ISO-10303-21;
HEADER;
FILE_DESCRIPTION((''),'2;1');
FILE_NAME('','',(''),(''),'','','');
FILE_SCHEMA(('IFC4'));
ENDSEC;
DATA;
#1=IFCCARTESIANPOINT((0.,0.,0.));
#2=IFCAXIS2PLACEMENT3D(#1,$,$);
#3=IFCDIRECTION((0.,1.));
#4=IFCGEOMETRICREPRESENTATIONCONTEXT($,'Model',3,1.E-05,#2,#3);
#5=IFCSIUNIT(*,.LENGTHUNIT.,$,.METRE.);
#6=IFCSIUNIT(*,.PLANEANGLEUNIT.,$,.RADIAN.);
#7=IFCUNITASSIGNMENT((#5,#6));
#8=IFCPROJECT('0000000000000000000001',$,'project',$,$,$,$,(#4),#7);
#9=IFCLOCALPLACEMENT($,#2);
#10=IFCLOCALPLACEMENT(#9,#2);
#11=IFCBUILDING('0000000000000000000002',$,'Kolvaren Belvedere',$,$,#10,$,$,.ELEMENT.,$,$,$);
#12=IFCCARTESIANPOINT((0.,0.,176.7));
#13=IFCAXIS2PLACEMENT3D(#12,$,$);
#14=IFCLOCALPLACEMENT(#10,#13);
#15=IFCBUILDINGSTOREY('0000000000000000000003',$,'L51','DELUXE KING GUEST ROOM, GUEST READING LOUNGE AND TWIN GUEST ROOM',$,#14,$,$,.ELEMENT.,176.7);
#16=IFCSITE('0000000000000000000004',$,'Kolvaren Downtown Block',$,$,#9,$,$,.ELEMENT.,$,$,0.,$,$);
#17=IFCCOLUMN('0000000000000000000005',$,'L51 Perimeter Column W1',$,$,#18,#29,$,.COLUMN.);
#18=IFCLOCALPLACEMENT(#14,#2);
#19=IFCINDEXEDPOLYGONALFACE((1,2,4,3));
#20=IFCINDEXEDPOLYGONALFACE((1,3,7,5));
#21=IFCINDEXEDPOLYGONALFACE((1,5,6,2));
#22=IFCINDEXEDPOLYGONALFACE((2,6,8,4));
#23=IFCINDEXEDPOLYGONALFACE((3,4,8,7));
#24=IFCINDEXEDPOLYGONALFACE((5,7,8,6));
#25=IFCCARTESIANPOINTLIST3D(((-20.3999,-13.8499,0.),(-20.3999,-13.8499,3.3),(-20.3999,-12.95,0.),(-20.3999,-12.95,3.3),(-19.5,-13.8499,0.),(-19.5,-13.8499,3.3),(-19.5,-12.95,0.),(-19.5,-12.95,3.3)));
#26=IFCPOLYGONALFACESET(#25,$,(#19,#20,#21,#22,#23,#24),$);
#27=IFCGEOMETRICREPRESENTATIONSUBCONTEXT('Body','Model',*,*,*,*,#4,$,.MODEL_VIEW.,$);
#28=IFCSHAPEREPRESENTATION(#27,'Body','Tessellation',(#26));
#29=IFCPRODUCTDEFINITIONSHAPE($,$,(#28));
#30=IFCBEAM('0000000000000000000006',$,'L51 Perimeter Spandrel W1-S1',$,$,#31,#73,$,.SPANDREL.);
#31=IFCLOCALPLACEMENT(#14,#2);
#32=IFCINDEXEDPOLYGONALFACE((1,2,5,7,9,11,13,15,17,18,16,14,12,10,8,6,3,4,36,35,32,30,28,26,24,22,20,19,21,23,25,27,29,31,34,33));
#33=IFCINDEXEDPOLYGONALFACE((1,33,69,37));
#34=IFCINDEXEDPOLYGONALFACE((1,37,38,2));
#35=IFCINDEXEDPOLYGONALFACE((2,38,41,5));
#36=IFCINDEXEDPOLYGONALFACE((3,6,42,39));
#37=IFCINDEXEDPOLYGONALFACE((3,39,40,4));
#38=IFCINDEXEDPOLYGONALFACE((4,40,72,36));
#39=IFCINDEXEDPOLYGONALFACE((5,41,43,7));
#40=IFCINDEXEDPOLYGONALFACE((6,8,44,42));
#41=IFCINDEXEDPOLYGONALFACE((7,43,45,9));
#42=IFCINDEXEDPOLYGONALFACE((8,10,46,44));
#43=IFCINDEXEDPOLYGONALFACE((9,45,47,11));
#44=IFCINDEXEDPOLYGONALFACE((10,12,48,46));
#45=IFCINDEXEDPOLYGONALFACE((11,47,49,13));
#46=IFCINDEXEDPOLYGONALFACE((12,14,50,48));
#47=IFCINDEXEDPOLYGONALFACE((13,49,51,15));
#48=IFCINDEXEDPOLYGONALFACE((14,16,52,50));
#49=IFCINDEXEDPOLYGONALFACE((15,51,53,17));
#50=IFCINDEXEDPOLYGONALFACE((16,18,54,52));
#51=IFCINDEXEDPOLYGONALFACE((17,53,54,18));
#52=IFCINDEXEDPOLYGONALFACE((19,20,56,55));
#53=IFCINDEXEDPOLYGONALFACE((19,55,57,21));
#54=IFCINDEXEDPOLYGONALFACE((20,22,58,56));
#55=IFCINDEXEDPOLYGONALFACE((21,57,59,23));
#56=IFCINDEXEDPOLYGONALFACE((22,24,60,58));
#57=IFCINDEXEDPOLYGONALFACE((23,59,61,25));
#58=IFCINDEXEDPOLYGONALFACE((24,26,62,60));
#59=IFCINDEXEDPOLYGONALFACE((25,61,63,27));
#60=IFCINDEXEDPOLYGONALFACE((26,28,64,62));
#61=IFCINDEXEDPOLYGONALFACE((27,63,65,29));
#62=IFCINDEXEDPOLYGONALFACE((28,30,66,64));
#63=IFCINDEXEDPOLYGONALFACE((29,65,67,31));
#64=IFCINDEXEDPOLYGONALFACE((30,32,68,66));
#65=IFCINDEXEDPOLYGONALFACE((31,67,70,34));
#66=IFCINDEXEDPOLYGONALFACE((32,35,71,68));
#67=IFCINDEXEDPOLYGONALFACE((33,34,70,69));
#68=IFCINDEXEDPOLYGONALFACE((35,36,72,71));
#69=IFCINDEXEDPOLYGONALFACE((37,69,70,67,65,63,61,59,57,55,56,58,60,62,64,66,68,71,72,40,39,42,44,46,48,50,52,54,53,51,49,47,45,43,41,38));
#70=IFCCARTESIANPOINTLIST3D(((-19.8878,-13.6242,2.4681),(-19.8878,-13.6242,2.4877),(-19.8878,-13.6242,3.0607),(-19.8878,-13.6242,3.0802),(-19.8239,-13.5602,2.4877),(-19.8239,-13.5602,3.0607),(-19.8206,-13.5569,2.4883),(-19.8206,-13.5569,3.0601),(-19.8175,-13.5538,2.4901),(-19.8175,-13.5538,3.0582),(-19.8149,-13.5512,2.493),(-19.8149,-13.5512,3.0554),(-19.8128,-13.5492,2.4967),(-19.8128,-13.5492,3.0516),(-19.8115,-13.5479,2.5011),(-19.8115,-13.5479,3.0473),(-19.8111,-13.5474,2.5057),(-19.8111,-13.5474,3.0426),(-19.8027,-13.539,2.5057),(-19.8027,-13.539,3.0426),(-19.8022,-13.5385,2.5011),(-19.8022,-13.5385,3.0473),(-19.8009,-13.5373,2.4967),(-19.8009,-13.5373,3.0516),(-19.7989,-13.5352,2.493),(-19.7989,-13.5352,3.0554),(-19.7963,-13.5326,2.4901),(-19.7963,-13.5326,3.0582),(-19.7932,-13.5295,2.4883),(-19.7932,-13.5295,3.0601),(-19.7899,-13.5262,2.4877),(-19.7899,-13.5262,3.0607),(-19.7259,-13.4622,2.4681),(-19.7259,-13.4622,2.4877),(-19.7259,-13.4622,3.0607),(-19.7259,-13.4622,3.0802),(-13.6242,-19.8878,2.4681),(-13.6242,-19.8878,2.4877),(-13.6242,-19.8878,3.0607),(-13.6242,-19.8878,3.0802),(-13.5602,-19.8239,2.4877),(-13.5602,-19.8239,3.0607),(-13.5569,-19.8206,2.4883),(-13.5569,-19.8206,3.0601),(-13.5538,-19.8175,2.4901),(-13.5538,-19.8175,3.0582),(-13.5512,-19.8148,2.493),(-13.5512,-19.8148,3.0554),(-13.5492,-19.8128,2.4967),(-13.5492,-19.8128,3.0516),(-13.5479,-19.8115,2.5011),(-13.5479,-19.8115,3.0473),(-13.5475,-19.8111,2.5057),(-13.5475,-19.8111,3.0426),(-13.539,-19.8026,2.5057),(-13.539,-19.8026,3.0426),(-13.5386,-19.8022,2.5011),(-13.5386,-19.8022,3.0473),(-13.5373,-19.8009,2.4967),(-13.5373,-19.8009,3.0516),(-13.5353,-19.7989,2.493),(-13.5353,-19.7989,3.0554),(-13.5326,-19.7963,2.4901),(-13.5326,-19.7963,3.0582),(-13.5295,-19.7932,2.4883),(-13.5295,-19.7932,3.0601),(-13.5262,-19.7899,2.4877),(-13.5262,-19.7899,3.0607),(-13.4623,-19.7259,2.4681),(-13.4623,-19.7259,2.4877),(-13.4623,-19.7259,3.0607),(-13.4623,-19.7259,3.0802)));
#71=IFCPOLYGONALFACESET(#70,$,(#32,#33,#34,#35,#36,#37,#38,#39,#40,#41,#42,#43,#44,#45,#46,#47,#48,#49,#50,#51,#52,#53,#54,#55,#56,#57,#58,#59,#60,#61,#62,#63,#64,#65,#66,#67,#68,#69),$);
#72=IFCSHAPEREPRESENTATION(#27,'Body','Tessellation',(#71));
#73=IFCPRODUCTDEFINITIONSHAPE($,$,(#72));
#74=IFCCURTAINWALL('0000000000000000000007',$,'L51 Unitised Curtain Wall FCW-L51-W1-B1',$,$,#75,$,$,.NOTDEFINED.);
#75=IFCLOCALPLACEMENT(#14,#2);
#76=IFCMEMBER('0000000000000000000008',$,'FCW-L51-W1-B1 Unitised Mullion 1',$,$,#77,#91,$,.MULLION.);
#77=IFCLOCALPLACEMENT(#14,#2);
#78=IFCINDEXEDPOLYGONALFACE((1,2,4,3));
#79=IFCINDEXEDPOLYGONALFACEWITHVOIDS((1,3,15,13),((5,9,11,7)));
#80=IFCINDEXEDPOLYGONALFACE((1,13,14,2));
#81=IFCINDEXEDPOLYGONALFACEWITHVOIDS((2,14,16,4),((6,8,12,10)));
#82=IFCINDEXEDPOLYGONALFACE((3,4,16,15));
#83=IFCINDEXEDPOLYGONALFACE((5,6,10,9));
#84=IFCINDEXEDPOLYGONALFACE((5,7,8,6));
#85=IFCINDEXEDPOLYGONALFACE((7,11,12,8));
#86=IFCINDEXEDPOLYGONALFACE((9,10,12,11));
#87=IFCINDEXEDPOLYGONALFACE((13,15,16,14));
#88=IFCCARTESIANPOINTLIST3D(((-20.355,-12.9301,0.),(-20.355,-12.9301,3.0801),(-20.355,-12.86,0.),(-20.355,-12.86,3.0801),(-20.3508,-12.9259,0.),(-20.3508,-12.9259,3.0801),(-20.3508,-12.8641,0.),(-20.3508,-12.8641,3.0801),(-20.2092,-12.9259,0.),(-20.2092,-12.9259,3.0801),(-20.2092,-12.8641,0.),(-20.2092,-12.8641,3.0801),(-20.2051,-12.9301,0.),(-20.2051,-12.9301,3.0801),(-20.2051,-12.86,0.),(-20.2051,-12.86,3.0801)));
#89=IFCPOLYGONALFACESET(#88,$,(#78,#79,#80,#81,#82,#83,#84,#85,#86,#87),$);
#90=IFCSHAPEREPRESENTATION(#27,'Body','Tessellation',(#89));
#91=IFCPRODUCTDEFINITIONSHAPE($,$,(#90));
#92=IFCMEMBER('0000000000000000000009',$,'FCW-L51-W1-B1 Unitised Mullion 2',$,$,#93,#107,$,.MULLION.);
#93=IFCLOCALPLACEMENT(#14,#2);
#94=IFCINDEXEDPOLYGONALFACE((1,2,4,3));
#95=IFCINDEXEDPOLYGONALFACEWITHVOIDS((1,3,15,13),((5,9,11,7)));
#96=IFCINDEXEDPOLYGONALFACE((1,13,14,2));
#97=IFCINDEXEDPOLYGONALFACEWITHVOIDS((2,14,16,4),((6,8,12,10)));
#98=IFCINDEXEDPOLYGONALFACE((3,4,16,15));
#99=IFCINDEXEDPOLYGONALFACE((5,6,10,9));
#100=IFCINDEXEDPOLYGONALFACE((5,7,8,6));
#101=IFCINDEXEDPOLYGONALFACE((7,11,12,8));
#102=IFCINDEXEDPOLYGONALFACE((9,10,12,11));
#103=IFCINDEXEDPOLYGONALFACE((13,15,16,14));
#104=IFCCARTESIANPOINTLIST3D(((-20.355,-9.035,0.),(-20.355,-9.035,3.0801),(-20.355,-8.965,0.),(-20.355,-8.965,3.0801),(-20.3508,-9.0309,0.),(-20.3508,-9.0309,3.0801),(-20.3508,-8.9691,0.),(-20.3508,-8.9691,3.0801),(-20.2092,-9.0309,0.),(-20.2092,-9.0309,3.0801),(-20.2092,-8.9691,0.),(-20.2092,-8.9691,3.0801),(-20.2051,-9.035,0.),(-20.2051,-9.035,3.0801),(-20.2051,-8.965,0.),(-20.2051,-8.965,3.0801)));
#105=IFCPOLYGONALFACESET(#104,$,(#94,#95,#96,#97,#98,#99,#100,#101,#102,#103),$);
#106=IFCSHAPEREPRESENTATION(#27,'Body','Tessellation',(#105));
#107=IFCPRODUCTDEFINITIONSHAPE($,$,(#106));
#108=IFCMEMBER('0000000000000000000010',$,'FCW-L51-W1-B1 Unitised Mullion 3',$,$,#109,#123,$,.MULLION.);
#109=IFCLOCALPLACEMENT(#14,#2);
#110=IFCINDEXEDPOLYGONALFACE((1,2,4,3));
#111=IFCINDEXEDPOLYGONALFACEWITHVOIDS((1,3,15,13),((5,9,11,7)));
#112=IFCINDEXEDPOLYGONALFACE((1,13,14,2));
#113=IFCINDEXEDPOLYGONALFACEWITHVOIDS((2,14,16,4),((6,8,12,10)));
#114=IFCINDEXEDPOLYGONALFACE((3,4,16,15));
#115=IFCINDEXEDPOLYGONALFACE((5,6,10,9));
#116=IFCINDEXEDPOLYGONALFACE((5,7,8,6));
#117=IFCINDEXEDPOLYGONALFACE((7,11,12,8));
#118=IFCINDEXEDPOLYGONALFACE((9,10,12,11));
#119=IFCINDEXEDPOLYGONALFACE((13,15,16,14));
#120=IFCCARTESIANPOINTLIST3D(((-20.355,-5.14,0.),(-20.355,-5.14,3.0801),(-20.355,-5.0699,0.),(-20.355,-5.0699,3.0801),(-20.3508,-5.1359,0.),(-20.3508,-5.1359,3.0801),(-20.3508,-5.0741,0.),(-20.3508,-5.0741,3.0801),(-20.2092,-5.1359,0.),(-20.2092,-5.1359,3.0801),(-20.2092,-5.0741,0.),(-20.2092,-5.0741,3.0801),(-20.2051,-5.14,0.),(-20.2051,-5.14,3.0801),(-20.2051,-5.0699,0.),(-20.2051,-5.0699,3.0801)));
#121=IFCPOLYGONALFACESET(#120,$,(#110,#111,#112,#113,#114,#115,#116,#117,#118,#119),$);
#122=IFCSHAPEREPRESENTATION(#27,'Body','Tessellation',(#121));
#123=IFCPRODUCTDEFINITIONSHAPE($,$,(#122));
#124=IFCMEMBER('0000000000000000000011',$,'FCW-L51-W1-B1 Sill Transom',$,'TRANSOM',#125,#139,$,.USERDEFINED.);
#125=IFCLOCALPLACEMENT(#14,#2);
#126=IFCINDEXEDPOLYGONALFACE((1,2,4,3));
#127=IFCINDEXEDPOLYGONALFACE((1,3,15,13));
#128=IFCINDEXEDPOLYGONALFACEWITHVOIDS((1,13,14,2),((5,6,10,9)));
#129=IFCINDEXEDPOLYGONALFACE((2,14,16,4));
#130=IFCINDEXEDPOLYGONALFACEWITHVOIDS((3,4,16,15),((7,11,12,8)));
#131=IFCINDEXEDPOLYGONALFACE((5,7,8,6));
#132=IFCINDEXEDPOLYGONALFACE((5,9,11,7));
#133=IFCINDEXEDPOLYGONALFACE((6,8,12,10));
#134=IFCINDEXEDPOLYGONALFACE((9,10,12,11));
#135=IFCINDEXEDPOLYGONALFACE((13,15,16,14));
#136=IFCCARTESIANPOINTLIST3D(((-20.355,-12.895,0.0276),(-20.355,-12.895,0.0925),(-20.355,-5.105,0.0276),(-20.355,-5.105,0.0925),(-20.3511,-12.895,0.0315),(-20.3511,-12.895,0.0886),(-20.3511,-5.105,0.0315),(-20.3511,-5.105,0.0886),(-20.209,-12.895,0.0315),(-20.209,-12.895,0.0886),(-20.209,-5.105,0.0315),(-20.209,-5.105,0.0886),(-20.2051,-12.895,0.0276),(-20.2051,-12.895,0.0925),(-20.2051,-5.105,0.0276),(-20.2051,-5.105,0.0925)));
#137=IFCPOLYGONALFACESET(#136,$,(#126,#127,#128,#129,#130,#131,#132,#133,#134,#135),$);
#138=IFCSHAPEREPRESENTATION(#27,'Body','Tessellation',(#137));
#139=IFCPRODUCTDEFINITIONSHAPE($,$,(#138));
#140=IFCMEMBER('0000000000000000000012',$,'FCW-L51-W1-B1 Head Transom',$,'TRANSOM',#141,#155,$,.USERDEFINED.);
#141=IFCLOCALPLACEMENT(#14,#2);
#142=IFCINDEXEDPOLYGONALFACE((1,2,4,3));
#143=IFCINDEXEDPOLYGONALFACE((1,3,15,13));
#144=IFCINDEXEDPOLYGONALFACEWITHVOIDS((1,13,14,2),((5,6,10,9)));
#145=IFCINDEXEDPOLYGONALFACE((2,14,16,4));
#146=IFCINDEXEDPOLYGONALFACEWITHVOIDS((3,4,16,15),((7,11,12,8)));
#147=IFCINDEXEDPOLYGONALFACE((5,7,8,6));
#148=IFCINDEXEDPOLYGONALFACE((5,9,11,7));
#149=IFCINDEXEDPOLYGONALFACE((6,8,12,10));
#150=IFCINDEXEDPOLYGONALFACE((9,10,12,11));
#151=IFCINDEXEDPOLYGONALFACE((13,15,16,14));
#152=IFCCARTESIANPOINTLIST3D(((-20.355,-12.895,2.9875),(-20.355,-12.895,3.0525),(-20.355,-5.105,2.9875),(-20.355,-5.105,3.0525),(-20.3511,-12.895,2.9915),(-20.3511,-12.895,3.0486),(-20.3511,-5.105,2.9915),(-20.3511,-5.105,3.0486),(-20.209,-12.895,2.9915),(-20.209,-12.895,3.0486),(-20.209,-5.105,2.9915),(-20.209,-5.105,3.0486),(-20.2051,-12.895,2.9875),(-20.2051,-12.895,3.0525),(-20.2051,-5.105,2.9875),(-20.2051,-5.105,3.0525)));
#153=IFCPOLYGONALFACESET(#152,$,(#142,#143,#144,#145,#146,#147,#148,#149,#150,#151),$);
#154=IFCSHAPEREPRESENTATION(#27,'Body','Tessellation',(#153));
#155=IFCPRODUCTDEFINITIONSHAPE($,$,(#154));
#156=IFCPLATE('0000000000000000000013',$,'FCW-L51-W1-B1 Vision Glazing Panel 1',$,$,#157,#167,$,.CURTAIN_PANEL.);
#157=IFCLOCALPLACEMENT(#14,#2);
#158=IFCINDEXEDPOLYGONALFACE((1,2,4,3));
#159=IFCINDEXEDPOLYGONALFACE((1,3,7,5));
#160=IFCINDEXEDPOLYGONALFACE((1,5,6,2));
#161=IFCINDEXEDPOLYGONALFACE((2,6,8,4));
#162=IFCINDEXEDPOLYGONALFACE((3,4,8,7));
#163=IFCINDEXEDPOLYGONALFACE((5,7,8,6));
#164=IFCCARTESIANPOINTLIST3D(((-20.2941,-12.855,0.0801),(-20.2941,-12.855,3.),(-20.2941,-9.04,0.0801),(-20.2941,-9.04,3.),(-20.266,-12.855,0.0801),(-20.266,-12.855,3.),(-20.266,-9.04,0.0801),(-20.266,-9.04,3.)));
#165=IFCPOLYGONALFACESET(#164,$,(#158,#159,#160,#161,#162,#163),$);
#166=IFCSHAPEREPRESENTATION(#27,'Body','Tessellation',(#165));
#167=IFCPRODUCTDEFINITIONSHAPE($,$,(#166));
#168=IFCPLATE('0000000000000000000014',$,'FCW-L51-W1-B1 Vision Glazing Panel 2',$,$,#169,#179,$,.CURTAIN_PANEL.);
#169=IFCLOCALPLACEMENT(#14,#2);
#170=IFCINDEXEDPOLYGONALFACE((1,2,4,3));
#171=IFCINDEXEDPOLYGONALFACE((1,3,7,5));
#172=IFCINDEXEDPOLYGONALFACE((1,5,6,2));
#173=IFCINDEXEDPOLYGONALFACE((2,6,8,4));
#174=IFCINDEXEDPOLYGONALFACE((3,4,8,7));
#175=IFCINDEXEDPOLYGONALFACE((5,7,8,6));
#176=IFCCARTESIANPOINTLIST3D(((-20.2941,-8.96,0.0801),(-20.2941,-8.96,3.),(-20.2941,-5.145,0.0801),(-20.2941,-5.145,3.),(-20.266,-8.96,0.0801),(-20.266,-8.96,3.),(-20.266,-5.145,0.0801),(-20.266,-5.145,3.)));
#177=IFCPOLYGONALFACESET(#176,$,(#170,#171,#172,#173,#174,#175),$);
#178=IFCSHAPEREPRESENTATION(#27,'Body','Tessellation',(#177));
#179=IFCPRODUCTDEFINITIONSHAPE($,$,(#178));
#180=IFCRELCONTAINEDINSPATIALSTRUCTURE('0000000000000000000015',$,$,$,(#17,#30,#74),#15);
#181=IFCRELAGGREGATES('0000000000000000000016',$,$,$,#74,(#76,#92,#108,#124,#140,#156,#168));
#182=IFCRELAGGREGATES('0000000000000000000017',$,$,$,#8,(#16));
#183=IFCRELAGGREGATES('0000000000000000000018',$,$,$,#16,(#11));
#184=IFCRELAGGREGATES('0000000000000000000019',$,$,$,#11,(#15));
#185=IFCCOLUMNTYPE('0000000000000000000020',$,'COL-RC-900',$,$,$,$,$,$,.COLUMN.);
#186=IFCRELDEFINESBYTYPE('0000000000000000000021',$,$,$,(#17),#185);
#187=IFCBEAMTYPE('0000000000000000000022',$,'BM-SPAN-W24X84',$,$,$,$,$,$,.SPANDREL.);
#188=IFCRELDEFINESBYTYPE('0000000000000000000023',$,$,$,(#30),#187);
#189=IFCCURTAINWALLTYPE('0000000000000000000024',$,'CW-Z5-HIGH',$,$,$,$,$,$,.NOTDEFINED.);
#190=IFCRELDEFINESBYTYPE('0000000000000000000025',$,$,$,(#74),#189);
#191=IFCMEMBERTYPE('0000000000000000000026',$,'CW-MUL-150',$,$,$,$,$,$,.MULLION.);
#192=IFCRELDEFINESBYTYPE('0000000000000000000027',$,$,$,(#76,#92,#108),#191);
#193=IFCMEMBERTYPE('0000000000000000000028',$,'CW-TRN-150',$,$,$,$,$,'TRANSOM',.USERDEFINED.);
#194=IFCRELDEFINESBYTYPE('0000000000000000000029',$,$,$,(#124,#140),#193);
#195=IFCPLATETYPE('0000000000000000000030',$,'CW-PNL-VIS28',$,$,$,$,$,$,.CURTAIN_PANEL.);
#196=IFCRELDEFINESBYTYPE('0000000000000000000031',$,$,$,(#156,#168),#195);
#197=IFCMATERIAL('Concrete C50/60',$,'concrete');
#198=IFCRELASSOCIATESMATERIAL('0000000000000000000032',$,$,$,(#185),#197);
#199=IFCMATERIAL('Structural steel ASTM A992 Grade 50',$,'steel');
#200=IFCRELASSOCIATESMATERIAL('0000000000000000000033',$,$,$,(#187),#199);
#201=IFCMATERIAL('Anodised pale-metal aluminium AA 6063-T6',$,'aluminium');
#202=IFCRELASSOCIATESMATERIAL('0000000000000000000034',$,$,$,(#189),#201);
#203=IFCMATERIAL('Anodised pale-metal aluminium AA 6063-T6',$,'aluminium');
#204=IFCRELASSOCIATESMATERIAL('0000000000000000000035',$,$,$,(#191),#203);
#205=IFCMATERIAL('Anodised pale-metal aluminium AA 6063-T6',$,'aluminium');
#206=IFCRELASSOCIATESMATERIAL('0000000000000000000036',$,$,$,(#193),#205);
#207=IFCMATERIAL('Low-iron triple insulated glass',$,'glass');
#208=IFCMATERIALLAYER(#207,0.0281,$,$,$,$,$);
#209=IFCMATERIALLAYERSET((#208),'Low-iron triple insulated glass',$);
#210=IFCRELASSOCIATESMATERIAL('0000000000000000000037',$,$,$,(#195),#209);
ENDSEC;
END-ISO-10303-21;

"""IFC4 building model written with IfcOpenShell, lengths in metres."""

from ifc_helpers import new_model, si_unit, direction, frame, origin, origin_2d, place, context, subcontext, project, spatial, rectangle, hollow_rectangle, i_section, extrude, material, layer, layer_set, material_profile, profile_set, type_object, element, aggregate, save


model = new_model("IFC4")

# Units and contexts
model_context = context("Model", 3, precision=1e-05, world=origin(), true_north=direction((0.0, 1.0)))
body_context = subcontext(model_context, "Body", "Model", "MODEL_VIEW")
ifc_project = project(units=[si_unit("LENGTHUNIT", "METRE"), si_unit("PLANEANGLEUNIT", "RADIAN")], contexts=[model_context])

# Site, building, storey
site_placement = place(None, origin())
site = spatial("IfcSite", under=ifc_project, at=site_placement, Name="Kolvaren Downtown Block", CompositionType="ELEMENT", RefElevation=0.0)
building_placement = place(site_placement, origin())
building = spatial("IfcBuilding", under=site, at=building_placement, Name="Kolvaren Belvedere", CompositionType="ELEMENT")
storey_placement = place(building_placement, frame((0.0, 0.0, 176.7)))
storey = spatial("IfcBuildingStorey", under=building, at=storey_placement, Name="L51", Description="DELUXE KING GUEST ROOM, GUEST READING LOUNGE AND TWIN GUEST ROOM", CompositionType="ELEMENT", Elevation=176.7)

# Column
ifc_material_1 = material(Name="Concrete C50/60", Category="concrete")
ifc_material_profile_1 = material_profile(ifc_material_1, rectangle(XDim=0.8999, YDim=0.8999, at=origin_2d()), Name="RC 900X900")
ifc_profile_set_1 = profile_set([ifc_material_profile_1], Name="Concrete C50/60")
column_type = type_object("IfcColumnType", Name="COL-RC-900", PredefinedType="COLUMN", material=ifc_profile_set_1)
column_placement = place(storey_placement, frame((-19.95, -13.3999, 0.0), z_axis=(0.0, 0.0, 1.0), x_axis=(1.0, 0.0, 0.0)))
element("IfcColumn", 1, at=column_placement, inside=storey, type_object=column_type, Name="L51 Perimeter Column W1", PredefinedType="COLUMN", context=body_context, shape_type="SweptSolid", body=[
    extrude(rectangle(XDim=0.8999, YDim=0.8999, at=origin_2d()), origin(), (0.0, 0.0, 1.0), 3.3),
])

# Beam
ifc_material_2 = material(Name="Structural steel ASTM A992 Grade 50", Category="steel")
ifc_material_profile_2 = material_profile(ifc_material_2, i_section(OverallWidth=0.229, OverallDepth=0.6121, WebThickness=0.012, FlangeThickness=0.0195, FilletRadius=0.0181, at=origin_2d()), Name="W24X84")
ifc_profile_set_2 = profile_set([ifc_material_profile_2], Name="Structural steel ASTM A992 Grade 50")
beam_type = type_object("IfcBeamType", Name="BM-SPAN-W24X84", PredefinedType="SPANDREL", material=ifc_profile_set_2)
beam_placement = place(storey_placement, frame((-19.8069, -13.5432, 2.7742), z_axis=(0.707107, -0.707107, 0.0), x_axis=(0.707107, 0.707107, 0.0)))
element("IfcBeam", 2, at=beam_placement, inside=storey, type_object=beam_type, Name="L51 Perimeter Spandrel W1-S1", PredefinedType="SPANDREL", context=body_context, shape_type="SweptSolid", body=[
    extrude(i_section(OverallWidth=0.229, OverallDepth=0.6121, WebThickness=0.012, FlangeThickness=0.0195, FilletRadius=0.0181, at=origin_2d()), origin(), (0.0, 0.0, 1.0), 8.8582),
])

# Curtain wall, members, plates
ifc_material_3 = material(Name="Anodised pale-metal aluminium AA 6063-T6", Category="aluminium")
curtain_wall_type = type_object("IfcCurtainWallType", Name="CW-Z5-HIGH", PredefinedType="NOTDEFINED", material=ifc_material_3)
curtain_wall_placement = place(storey_placement, origin())
curtain_wall = element("IfcCurtainWall", 3, at=curtain_wall_placement, inside=storey, type_object=curtain_wall_type, Name="L51 Unitised Curtain Wall FCW-L51-W1-B1", PredefinedType="NOTDEFINED")
ifc_material_4 = material(Name="Anodised pale-metal aluminium AA 6063-T6", Category="aluminium")
ifc_material_profile_3 = material_profile(ifc_material_4, hollow_rectangle(XDim=0.0701, YDim=0.1499, WallThickness=0.0042, at=origin_2d()), Name="ALU-MUL-150X70")
ifc_profile_set_3 = profile_set([ifc_material_profile_3], Name="Anodised pale-metal aluminium AA 6063-T6")
member_type_1 = type_object("IfcMemberType", Name="CW-MUL-150", PredefinedType="MULLION", material=ifc_profile_set_3)
member_1_placement = place(storey_placement, frame((-20.28, -12.895, 0.0), z_axis=(0.0, 0.0, 1.0), x_axis=(0.0, 1.0, 0.0)))
member_1 = element("IfcMember", 4, at=member_1_placement, type_object=member_type_1, Name="FCW-L51-W1-B1 Unitised Mullion 1", PredefinedType="MULLION", context=body_context, shape_type="SweptSolid", body=[
    extrude(hollow_rectangle(XDim=0.0701, YDim=0.1499, WallThickness=0.0042, at=origin_2d()), origin(), (0.0, 0.0, 1.0), 3.0801),
])
member_2_placement = place(storey_placement, frame((-20.28, -9.0, 0.0), z_axis=(0.0, 0.0, 1.0), x_axis=(0.0, 1.0, 0.0)))
member_2 = element("IfcMember", 5, at=member_2_placement, type_object=member_type_1, Name="FCW-L51-W1-B1 Unitised Mullion 2", PredefinedType="MULLION", context=body_context, shape_type="SweptSolid", body=[
    extrude(hollow_rectangle(XDim=0.0701, YDim=0.1499, WallThickness=0.0042, at=origin_2d()), origin(), (0.0, 0.0, 1.0), 3.0801),
])
member_3_placement = place(storey_placement, frame((-20.28, -5.105, 0.0), z_axis=(0.0, 0.0, 1.0), x_axis=(0.0, 1.0, 0.0)))
member_3 = element("IfcMember", 6, at=member_3_placement, type_object=member_type_1, Name="FCW-L51-W1-B1 Unitised Mullion 3", PredefinedType="MULLION", context=body_context, shape_type="SweptSolid", body=[
    extrude(hollow_rectangle(XDim=0.0701, YDim=0.1499, WallThickness=0.0042, at=origin_2d()), origin(), (0.0, 0.0, 1.0), 3.0801),
])
ifc_material_5 = material(Name="Anodised pale-metal aluminium AA 6063-T6", Category="aluminium")
ifc_material_profile_4 = material_profile(ifc_material_5, hollow_rectangle(XDim=0.0649, YDim=0.1499, WallThickness=0.0039, at=origin_2d()), Name="ALU-TRN-150X65")
ifc_profile_set_4 = profile_set([ifc_material_profile_4], Name="Anodised pale-metal aluminium AA 6063-T6")
member_type_2 = type_object("IfcMemberType", Name="CW-TRN-150", ElementType="TRANSOM", PredefinedType="USERDEFINED", material=ifc_profile_set_4)
member_4_placement = place(storey_placement, frame((-20.28, -12.895, 0.0601), z_axis=(0.0, 1.0, 0.0), x_axis=(0.0, 0.0, 1.0)))
member_4 = element("IfcMember", 7, at=member_4_placement, type_object=member_type_2, Name="FCW-L51-W1-B1 Sill Transom", ObjectType="TRANSOM", PredefinedType="USERDEFINED", context=body_context, shape_type="SweptSolid", body=[
    extrude(hollow_rectangle(XDim=0.0649, YDim=0.1499, WallThickness=0.0039, at=origin_2d()), origin(), (0.0, 0.0, 1.0), 7.79),
])
member_5_placement = place(storey_placement, frame((-20.28, -12.895, 3.02), z_axis=(0.0, 1.0, 0.0), x_axis=(0.0, 0.0, 1.0)))
member_5 = element("IfcMember", 8, at=member_5_placement, type_object=member_type_2, Name="FCW-L51-W1-B1 Head Transom", ObjectType="TRANSOM", PredefinedType="USERDEFINED", context=body_context, shape_type="SweptSolid", body=[
    extrude(hollow_rectangle(XDim=0.0649, YDim=0.1499, WallThickness=0.0039, at=origin_2d()), origin(), (0.0, 0.0, 1.0), 7.79),
])
ifc_material_6 = material(Name="Low-iron triple insulated glass", Category="glass")
ifc_layer_1 = layer(ifc_material_6, 0.0281)
ifc_layer_set_1 = layer_set([ifc_layer_1], Name="Low-iron triple insulated glass")
plate_type_1 = type_object("IfcPlateType", Name="CW-PNL-VIS28", PredefinedType="CURTAIN_PANEL", material=ifc_layer_set_1)
plate_1_placement = place(storey_placement, frame((-20.28, -10.9475, 0.0801), z_axis=(0.0, 0.0, 1.0), x_axis=(0.0, 1.0, 0.0)))
plate_1 = element("IfcPlate", 9, at=plate_1_placement, type_object=plate_type_1, Name="FCW-L51-W1-B1 Vision Glazing Panel 1", PredefinedType="CURTAIN_PANEL", context=body_context, shape_type="SweptSolid", body=[
    extrude(rectangle(XDim=3.8149, YDim=0.0281, at=origin_2d()), origin(), (0.0, 0.0, 1.0), 2.9199),
])
plate_2_placement = place(storey_placement, frame((-20.28, -7.0525, 0.0801), z_axis=(0.0, 0.0, 1.0), x_axis=(0.0, 1.0, 0.0)))
plate_2 = element("IfcPlate", 10, at=plate_2_placement, type_object=plate_type_1, Name="FCW-L51-W1-B1 Vision Glazing Panel 2", PredefinedType="CURTAIN_PANEL", context=body_context, shape_type="SweptSolid", body=[
    extrude(rectangle(XDim=3.8149, YDim=0.0281, at=origin_2d()), origin(), (0.0, 0.0, 1.0), 2.9199),
])
aggregate(curtain_wall, [member_1, member_2, member_3, member_4, member_5, plate_1, plate_2])

save(model, "model.ifc")
